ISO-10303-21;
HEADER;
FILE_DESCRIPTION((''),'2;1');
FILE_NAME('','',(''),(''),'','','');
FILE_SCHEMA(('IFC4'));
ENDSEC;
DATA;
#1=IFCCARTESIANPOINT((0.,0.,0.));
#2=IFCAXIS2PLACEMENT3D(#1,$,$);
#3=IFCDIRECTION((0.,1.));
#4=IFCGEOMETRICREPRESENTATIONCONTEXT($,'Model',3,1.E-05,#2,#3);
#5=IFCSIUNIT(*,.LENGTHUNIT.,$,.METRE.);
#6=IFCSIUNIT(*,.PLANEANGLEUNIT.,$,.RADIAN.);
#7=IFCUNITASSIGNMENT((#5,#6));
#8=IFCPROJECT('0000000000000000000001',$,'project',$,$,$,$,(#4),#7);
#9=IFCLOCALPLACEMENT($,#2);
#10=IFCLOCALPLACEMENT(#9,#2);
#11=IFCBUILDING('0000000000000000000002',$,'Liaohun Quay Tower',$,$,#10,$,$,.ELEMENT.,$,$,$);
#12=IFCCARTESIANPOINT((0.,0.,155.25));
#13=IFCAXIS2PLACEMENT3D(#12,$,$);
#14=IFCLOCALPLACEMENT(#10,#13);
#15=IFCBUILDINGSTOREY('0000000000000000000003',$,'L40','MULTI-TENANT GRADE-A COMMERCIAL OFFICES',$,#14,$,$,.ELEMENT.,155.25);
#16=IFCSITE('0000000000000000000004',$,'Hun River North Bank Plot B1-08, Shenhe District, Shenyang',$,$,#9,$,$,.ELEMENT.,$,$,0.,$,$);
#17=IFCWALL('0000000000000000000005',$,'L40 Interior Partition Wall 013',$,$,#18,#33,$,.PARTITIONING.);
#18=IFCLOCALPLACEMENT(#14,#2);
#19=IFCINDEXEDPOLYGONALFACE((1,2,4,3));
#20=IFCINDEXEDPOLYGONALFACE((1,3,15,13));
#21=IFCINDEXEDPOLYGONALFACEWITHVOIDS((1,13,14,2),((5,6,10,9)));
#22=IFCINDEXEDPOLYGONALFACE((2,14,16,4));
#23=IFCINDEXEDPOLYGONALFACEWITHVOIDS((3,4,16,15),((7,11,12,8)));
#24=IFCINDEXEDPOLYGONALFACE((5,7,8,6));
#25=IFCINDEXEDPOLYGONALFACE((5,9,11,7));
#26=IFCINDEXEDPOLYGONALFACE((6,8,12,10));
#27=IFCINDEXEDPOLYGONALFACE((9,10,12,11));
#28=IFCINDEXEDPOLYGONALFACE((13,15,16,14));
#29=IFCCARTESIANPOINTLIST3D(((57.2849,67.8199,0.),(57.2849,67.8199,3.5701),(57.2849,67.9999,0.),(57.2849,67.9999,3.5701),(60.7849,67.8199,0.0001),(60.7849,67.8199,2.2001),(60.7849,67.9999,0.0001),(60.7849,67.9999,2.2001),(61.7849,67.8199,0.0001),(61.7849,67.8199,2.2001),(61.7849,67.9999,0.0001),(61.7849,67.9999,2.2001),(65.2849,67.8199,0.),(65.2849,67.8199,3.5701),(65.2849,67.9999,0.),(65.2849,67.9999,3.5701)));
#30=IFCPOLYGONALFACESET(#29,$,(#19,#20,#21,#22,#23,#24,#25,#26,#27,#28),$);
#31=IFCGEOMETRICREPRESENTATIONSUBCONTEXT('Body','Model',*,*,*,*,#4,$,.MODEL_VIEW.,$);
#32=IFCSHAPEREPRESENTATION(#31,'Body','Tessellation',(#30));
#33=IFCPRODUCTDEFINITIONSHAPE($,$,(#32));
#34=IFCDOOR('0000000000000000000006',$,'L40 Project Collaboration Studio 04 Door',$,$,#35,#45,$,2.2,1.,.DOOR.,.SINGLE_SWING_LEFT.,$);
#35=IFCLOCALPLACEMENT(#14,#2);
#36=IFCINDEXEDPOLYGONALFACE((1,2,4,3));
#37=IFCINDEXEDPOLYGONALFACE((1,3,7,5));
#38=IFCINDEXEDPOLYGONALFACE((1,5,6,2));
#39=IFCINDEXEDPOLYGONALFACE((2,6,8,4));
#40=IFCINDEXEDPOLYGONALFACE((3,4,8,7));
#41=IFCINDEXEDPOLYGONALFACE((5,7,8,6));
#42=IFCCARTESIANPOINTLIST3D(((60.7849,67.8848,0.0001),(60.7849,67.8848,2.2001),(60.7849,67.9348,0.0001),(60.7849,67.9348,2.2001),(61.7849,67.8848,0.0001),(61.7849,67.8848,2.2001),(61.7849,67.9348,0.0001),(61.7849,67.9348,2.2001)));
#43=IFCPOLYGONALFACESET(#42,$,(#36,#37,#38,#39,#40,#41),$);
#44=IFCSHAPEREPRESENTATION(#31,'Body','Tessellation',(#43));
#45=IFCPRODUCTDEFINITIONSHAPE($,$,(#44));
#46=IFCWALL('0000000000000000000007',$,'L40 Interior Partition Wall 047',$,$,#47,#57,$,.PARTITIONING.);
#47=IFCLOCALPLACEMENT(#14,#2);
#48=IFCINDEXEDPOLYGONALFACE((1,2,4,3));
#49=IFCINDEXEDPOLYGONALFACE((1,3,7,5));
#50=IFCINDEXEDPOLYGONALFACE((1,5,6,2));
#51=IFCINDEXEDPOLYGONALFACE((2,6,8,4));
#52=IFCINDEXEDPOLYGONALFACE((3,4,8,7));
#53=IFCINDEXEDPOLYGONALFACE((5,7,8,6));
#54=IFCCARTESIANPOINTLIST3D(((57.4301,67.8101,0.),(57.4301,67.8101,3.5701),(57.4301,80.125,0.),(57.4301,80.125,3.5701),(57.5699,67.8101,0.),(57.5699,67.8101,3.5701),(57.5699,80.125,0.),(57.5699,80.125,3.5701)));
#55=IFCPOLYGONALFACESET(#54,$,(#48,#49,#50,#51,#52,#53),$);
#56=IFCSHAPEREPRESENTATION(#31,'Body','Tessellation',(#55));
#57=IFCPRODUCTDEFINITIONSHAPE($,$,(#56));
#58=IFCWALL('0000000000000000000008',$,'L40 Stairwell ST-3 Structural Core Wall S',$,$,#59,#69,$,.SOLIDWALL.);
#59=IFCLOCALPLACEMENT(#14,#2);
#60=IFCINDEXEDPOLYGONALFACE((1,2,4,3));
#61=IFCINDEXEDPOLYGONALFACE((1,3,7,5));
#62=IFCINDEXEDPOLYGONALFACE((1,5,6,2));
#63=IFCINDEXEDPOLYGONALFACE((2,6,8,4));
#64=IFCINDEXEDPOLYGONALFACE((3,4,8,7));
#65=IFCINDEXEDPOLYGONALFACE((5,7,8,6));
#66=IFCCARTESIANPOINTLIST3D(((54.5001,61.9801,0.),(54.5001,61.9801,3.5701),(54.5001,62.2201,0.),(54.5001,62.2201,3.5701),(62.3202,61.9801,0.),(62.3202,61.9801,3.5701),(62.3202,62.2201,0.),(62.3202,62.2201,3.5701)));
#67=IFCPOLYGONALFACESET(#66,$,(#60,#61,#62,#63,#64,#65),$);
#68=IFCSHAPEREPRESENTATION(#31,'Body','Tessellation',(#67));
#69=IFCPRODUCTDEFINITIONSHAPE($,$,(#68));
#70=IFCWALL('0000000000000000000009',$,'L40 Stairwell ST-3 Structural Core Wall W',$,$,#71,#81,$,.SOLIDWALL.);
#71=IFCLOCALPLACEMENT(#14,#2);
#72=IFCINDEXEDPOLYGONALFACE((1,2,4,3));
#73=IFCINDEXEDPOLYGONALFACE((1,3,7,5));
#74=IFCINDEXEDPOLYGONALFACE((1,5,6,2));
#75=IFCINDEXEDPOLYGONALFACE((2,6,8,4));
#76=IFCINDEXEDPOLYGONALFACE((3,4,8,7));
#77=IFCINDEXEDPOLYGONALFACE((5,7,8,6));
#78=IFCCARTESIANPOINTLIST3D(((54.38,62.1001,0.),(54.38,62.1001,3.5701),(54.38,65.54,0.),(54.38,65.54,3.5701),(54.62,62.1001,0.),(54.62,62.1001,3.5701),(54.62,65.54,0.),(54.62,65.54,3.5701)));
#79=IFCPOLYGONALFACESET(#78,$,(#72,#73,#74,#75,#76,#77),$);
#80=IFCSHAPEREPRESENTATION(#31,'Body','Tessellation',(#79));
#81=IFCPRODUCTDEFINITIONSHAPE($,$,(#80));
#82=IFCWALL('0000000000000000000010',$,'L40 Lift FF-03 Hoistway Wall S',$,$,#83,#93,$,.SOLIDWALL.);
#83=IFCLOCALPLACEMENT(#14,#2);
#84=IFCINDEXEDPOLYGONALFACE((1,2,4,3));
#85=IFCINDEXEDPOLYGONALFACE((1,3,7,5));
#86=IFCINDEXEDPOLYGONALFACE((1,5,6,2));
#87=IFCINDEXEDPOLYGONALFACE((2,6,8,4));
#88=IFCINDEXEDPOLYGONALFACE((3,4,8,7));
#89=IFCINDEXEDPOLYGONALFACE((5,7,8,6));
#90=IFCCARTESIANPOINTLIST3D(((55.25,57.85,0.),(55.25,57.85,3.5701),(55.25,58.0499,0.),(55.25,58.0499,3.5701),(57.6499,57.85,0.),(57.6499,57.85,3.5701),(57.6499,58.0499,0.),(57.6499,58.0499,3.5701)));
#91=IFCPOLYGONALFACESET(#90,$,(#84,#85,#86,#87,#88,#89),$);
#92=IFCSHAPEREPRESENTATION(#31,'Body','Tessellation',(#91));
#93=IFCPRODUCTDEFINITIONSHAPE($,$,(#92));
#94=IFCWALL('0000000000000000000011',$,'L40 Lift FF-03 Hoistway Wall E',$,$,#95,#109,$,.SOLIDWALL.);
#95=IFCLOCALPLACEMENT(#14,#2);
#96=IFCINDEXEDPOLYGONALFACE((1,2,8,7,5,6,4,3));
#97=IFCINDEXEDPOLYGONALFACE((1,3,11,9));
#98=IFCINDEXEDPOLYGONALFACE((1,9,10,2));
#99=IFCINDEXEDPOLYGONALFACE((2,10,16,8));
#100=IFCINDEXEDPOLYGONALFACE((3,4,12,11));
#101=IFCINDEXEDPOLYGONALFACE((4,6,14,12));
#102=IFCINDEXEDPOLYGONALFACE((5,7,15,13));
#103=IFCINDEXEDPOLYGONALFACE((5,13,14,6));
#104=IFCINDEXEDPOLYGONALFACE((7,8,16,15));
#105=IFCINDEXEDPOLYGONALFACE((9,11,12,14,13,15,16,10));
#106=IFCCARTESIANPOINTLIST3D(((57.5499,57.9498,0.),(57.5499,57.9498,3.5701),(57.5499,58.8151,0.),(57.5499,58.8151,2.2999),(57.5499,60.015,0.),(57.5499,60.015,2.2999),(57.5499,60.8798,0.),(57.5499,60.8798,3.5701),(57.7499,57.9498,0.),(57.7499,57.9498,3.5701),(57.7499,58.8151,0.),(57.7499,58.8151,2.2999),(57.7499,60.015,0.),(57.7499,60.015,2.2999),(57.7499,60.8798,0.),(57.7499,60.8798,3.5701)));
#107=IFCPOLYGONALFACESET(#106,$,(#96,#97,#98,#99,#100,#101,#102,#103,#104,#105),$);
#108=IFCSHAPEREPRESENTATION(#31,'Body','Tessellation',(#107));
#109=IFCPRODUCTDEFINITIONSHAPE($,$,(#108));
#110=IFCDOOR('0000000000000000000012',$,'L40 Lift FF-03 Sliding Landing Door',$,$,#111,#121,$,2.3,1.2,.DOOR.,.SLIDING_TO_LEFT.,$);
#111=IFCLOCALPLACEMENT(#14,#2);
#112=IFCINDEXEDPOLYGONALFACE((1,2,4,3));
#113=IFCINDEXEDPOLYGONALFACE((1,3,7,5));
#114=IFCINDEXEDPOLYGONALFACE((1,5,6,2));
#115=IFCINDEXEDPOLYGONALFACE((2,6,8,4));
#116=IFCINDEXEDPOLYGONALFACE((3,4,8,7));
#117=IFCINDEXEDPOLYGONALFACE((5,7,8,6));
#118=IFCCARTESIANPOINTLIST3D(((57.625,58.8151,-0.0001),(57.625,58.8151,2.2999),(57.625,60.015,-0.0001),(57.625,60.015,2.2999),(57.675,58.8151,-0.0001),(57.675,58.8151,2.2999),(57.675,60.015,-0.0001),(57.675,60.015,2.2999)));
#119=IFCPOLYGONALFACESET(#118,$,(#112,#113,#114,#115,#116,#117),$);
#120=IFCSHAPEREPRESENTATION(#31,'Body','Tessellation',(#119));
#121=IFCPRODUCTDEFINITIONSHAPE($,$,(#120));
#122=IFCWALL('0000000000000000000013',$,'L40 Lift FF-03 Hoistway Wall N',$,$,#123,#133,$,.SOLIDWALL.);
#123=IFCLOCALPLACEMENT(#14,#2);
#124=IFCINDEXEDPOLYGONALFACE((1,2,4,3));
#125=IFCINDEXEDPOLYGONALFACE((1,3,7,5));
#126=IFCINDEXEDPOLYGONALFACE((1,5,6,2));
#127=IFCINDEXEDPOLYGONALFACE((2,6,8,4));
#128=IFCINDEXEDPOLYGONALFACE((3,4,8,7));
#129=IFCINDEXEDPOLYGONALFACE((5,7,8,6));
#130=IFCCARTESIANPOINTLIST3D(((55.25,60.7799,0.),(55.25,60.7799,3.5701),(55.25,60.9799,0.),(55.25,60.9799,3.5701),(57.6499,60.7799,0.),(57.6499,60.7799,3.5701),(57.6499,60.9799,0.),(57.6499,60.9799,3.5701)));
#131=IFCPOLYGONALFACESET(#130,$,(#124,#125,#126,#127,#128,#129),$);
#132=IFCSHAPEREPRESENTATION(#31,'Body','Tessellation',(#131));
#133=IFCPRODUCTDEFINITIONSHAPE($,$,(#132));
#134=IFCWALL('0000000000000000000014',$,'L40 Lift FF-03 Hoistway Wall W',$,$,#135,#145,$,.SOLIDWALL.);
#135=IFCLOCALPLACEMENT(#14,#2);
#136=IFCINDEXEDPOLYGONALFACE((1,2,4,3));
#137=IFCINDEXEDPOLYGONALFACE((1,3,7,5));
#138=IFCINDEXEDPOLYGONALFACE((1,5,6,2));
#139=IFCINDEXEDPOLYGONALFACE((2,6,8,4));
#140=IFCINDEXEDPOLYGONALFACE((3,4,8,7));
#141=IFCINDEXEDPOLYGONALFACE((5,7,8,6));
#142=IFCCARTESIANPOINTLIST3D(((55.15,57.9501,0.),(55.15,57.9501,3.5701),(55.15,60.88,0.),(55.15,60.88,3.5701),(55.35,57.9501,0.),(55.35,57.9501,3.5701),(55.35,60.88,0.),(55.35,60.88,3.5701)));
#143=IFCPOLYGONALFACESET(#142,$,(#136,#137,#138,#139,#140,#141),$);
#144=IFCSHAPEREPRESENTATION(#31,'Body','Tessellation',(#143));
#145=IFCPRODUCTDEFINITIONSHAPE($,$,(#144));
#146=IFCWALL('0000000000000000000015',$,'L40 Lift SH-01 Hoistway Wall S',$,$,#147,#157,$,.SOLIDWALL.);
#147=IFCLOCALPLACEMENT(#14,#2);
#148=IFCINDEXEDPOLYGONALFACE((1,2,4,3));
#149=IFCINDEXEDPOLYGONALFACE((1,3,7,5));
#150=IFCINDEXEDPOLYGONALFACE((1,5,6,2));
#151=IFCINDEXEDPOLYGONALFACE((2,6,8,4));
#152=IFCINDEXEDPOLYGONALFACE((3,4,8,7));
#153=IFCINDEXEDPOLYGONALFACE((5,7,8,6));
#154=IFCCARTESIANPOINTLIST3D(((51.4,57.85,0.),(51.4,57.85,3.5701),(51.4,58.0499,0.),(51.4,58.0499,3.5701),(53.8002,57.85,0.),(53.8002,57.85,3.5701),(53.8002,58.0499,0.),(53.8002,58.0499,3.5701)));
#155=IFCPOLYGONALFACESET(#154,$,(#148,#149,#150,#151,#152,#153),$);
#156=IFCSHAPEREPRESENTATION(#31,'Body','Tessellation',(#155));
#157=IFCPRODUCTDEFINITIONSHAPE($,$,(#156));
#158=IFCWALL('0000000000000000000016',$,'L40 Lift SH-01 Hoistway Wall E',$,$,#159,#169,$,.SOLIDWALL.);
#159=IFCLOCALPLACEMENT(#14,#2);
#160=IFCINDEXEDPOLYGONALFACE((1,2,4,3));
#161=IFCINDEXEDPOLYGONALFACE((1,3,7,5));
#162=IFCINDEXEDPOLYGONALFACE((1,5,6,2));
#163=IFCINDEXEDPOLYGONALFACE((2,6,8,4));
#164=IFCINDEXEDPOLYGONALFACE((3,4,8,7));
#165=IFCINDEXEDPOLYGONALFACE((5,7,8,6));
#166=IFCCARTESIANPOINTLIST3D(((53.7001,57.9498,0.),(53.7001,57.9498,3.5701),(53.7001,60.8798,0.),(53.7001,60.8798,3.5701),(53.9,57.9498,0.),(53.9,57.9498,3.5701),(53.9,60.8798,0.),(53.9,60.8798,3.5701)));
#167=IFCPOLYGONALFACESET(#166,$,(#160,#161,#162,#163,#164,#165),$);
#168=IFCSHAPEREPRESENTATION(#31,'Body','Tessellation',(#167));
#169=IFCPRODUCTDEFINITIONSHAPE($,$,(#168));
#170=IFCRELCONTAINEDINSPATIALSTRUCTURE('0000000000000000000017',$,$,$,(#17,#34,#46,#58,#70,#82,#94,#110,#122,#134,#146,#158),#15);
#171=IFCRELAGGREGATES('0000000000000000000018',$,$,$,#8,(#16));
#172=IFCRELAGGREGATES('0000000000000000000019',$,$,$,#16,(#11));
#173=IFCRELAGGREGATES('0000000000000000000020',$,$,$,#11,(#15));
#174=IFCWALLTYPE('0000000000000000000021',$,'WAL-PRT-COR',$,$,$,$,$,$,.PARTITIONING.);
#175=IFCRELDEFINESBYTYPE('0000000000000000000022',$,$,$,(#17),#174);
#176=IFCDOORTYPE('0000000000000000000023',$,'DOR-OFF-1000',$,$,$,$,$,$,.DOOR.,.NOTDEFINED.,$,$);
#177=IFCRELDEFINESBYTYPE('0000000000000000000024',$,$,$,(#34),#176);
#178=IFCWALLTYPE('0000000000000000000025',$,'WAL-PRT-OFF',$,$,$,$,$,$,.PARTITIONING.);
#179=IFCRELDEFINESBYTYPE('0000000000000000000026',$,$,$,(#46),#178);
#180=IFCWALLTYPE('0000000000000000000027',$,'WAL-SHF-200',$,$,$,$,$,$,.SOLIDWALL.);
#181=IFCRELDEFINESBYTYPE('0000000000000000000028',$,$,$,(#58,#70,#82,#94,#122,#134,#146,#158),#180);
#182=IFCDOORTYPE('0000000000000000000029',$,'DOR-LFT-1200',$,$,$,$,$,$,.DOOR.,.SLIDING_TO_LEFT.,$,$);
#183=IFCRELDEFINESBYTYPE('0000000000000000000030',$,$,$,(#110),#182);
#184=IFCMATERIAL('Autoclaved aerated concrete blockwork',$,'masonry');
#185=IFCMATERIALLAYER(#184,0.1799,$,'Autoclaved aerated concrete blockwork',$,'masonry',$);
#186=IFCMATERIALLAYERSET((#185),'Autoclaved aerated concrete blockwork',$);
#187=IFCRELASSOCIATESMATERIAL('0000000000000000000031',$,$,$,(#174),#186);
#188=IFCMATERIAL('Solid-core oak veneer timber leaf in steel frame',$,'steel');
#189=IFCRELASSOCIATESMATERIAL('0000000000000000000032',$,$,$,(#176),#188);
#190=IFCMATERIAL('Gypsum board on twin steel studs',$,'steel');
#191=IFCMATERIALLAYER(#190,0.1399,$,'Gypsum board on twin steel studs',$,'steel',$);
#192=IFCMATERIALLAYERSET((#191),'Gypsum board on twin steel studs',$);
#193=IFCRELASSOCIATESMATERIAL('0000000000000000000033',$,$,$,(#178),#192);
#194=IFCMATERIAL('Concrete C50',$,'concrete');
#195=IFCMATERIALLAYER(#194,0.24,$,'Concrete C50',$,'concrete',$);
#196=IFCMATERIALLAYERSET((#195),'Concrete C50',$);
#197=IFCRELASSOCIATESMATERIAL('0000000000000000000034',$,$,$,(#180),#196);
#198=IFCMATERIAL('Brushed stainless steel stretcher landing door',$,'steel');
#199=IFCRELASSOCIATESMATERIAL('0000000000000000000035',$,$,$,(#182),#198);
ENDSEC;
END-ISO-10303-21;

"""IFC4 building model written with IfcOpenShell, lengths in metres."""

from ifc_helpers import new_model, si_unit, direction, frame, frame_2d, origin, place, context, subcontext, project, spatial, rectangle, extrude, source, transform, mapped, material, layer, layer_set, type_object, element, fill, save


model = new_model("IFC4")

# Units and contexts
model_context = context("Model", 3, precision=1e-05, world=origin(), true_north=direction((0.0, 1.0)))
body_context = subcontext(model_context, "Body", "Model", "MODEL_VIEW")
ifc_project = project(units=[si_unit("LENGTHUNIT", "METRE"), si_unit("PLANEANGLEUNIT", "RADIAN")], contexts=[model_context])

# Site, building, storey
site_placement = place(None, origin())
site = spatial("IfcSite", under=ifc_project, at=site_placement, Name="Hun River North Bank Plot B1-08, Shenhe District, Shenyang", CompositionType="ELEMENT", RefElevation=0.0)
building_placement = place(site_placement, origin())
building = spatial("IfcBuilding", under=site, at=building_placement, Name="Liaohun Quay Tower", CompositionType="ELEMENT")
storey_placement = place(building_placement, frame((0.0, 0.0, 155.25)))
storey = spatial("IfcBuildingStorey", under=building, at=storey_placement, Name="L40", Description="MULTI-TENANT GRADE-A COMMERCIAL OFFICES", CompositionType="ELEMENT", Elevation=155.25)

# Wall, opening, door
ifc_material_1 = material(Name="Autoclaved aerated concrete blockwork", Category="masonry")
ifc_layer_1 = layer(ifc_material_1, 0.1799, Name="Autoclaved aerated concrete blockwork", Category="masonry")
ifc_layer_set_1 = layer_set([ifc_layer_1], Name="Autoclaved aerated concrete blockwork")
wall_type_1 = type_object("IfcWallType", Name="WAL-PRT-COR", PredefinedType="PARTITIONING", material=ifc_layer_set_1)
wall_1_placement = place(storey_placement, frame((57.2849, 67.9099, 0.0), z_axis=(0.0, 0.0, 1.0), x_axis=(1.0, 0.0, 0.0)))
wall_1 = element("IfcWall", 1, at=wall_1_placement, inside=storey, type_object=wall_type_1, Name="L40 Interior Partition Wall 013", PredefinedType="PARTITIONING", context=body_context, shape_type="SweptSolid", body=[
    extrude(rectangle(XDim=8.0, YDim=0.1799, at=frame_2d((4.0, 0.0))), origin(), (0.0, 0.0, 1.0), 3.5701),
])
shared_shape_1 = source(origin(), body_context, "Body", "SweptSolid", [
    extrude(rectangle(XDim=1.0, YDim=2.2, at=frame_2d((0.5, 1.1001))), frame((0.0, 0.0999, 0.0), z_axis=(0.0, -1.0, 0.0), x_axis=(1.0, 0.0, 0.0)), (0.0, 0.0, 1.0), 0.2),
])
opening_1_placement = place(wall_1_placement, frame((3.5, 0.0, 0.0)))
opening_1 = element("IfcOpeningElement", 2, at=opening_1_placement, cuts=wall_1, PredefinedType="OPENING", context=body_context, shape_type="MappedRepresentation", body=[
    mapped(shared_shape_1, transform((0.0, 0.0, 0.0), x_axis=(1.0, 0.0, 0.0), y_axis=(0.0, 1.0, 0.0), z_axis=(0.0, 0.0, 1.0), scale=1.0)),
])
ifc_material_2 = material(Name="Solid-core oak veneer timber leaf in steel frame", Category="steel")
door_type_1 = type_object("IfcDoorType", Name="DOR-OFF-1000", OperationType="NOTDEFINED", PredefinedType="DOOR", material=ifc_material_2)
shared_shape_2 = source(origin(), body_context, "Body", "SweptSolid", [
    extrude(rectangle(XDim=1.0, YDim=2.2, at=frame_2d((0.5, 1.1001))), frame((0.0, 0.0249, 0.0), z_axis=(0.0, -1.0, 0.0), x_axis=(1.0, 0.0, 0.0)), (0.0, 0.0, 1.0), 0.05),
])
door_1_placement = place(opening_1_placement, origin())
door_1 = element("IfcDoor", 3, at=door_1_placement, inside=storey, type_object=door_type_1, Name="L40 Project Collaboration Studio 04 Door", OperationType="SINGLE_SWING_LEFT", OverallHeight=2.2, OverallWidth=1.0, PredefinedType="DOOR", context=body_context, shape_type="MappedRepresentation", body=[
    mapped(shared_shape_2, transform((0.0, 0.0, 0.0), x_axis=(1.0, 0.0, 0.0), y_axis=(0.0, 1.0, 0.0), z_axis=(0.0, 0.0, 1.0), scale=1.0)),
])
fill(opening_1, door_1)

# Walls
ifc_material_3 = material(Name="Gypsum board on twin steel studs", Category="steel")
ifc_layer_2 = layer(ifc_material_3, 0.1399, Name="Gypsum board on twin steel studs", Category="steel")
ifc_layer_set_2 = layer_set([ifc_layer_2], Name="Gypsum board on twin steel studs")
wall_type_2 = type_object("IfcWallType", Name="WAL-PRT-OFF", PredefinedType="PARTITIONING", material=ifc_layer_set_2)
wall_2_placement = place(storey_placement, frame((57.5, 67.8101, 0.0), z_axis=(0.0, 0.0, 1.0), x_axis=(0.0, 1.0, 0.0)))
element("IfcWall", 4, at=wall_2_placement, inside=storey, type_object=wall_type_2, Name="L40 Interior Partition Wall 047", PredefinedType="PARTITIONING", context=body_context, shape_type="SweptSolid", body=[
    extrude(rectangle(XDim=12.3149, YDim=0.1399, at=frame_2d((6.1575, 0.0))), origin(), (0.0, 0.0, 1.0), 3.5701),
])
ifc_material_4 = material(Name="Concrete C50", Category="concrete")
ifc_layer_3 = layer(ifc_material_4, 0.24, Name="Concrete C50", Category="concrete")
ifc_layer_set_3 = layer_set([ifc_layer_3], Name="Concrete C50")
wall_type_3 = type_object("IfcWallType", Name="WAL-SHF-200", PredefinedType="SOLIDWALL", material=ifc_layer_set_3)
wall_3_placement = place(storey_placement, frame((54.5, 62.1001, 0.0), z_axis=(0.0, 0.0, 1.0), x_axis=(1.0, 0.0, 0.0)))
element("IfcWall", 5, at=wall_3_placement, inside=storey, type_object=wall_type_3, Name="L40 Stairwell ST-3 Structural Core Wall S", PredefinedType="SOLIDWALL", context=body_context, shape_type="SweptSolid", body=[
    extrude(rectangle(XDim=7.8201, YDim=0.24, at=frame_2d((3.9102, 0.0))), origin(), (0.0, 0.0, 1.0), 3.5701),
])
wall_4_placement = place(storey_placement, frame((54.5, 65.54, 0.0), z_axis=(0.0, 0.0, 1.0), x_axis=(0.0, -1.0, 0.0)))
element("IfcWall", 6, at=wall_4_placement, inside=storey, type_object=wall_type_3, Name="L40 Stairwell ST-3 Structural Core Wall W", PredefinedType="SOLIDWALL", context=body_context, shape_type="SweptSolid", body=[
    extrude(rectangle(XDim=3.4399, YDim=0.24, at=frame_2d((1.72, 0.0))), origin(), (0.0, 0.0, 1.0), 3.5701),
])
wall_5_placement = place(storey_placement, frame((55.25, 57.95, 0.0), z_axis=(0.0, 0.0, 1.0), x_axis=(1.0, 0.0, 0.0)))
element("IfcWall", 7, at=wall_5_placement, inside=storey, type_object=wall_type_3, Name="L40 Lift FF-03 Hoistway Wall S", PredefinedType="SOLIDWALL", context=body_context, shape_type="SweptSolid", body=[
    extrude(rectangle(XDim=2.3999, YDim=0.2, at=frame_2d((1.2, 0.0))), origin(), (0.0, 0.0, 1.0), 3.5701),
])

# Wall, opening, door
wall_6_placement = place(storey_placement, frame((57.6499, 57.95, 0.0), z_axis=(0.0, 0.0, 1.0), x_axis=(0.0, 1.0, 0.0)))
wall_6 = element("IfcWall", 8, at=wall_6_placement, inside=storey, type_object=wall_type_3, Name="L40 Lift FF-03 Hoistway Wall E", PredefinedType="SOLIDWALL", context=body_context, shape_type="SweptSolid", body=[
    extrude(rectangle(XDim=2.9299, YDim=0.2, at=frame_2d((1.4648, 0.0))), origin(), (0.0, 0.0, 1.0), 3.5701),
])
shared_shape_3 = source(origin(), body_context, "Body", "SweptSolid", [
    extrude(rectangle(XDim=1.2, YDim=2.3, at=frame_2d((0.6001, 1.1499))), frame((0.0, 0.1099, 0.0), z_axis=(0.0, -1.0, 0.0), x_axis=(1.0, 0.0, 0.0)), (0.0, 0.0, 1.0), 0.22),
])
opening_2_placement = place(wall_6_placement, frame((0.865, 0.0, 0.0)))
opening_2 = element("IfcOpeningElement", 9, at=opening_2_placement, cuts=wall_6, PredefinedType="OPENING", context=body_context, shape_type="MappedRepresentation", body=[
    mapped(shared_shape_3, transform((0.0, 0.0, 0.0), x_axis=(1.0, 0.0, 0.0), y_axis=(0.0, 1.0, 0.0), z_axis=(0.0, 0.0, 1.0), scale=1.0)),
])
ifc_material_5 = material(Name="Brushed stainless steel stretcher landing door", Category="steel")
door_type_2 = type_object("IfcDoorType", Name="DOR-LFT-1200", OperationType="SLIDING_TO_LEFT", PredefinedType="DOOR", material=ifc_material_5)
shared_shape_4 = source(origin(), body_context, "Body", "SweptSolid", [
    extrude(rectangle(XDim=1.2, YDim=2.3, at=frame_2d((0.6001, 1.1499))), frame((0.0, 0.0249, 0.0), z_axis=(0.0, -1.0, 0.0), x_axis=(1.0, 0.0, 0.0)), (0.0, 0.0, 1.0), 0.05),
])
door_2_placement = place(opening_2_placement, origin())
door_2 = element("IfcDoor", 10, at=door_2_placement, inside=storey, type_object=door_type_2, Name="L40 Lift FF-03 Sliding Landing Door", OperationType="SLIDING_TO_LEFT", OverallHeight=2.3, OverallWidth=1.2, PredefinedType="DOOR", context=body_context, shape_type="MappedRepresentation", body=[
    mapped(shared_shape_4, transform((0.0, 0.0, 0.0), x_axis=(1.0, 0.0, 0.0), y_axis=(0.0, 1.0, 0.0), z_axis=(0.0, 0.0, 1.0), scale=1.0)),
])
fill(opening_2, door_2)

# Walls
wall_7_placement = place(storey_placement, frame((57.6499, 60.8799, 0.0), z_axis=(0.0, 0.0, 1.0), x_axis=(-1.0, 0.0, 0.0)))
element("IfcWall", 11, at=wall_7_placement, inside=storey, type_object=wall_type_3, Name="L40 Lift FF-03 Hoistway Wall N", PredefinedType="SOLIDWALL", context=body_context, shape_type="SweptSolid", body=[
    extrude(rectangle(XDim=2.3999, YDim=0.2, at=frame_2d((1.2, 0.0))), origin(), (0.0, 0.0, 1.0), 3.5701),
])
wall_8_placement = place(storey_placement, frame((55.25, 60.8799, 0.0), z_axis=(0.0, 0.0, 1.0), x_axis=(0.0, -1.0, 0.0)))
element("IfcWall", 12, at=wall_8_placement, inside=storey, type_object=wall_type_3, Name="L40 Lift FF-03 Hoistway Wall W", PredefinedType="SOLIDWALL", context=body_context, shape_type="SweptSolid", body=[
    extrude(rectangle(XDim=2.9299, YDim=0.2, at=frame_2d((1.4648, 0.0))), origin(), (0.0, 0.0, 1.0), 3.5701),
])
wall_9_placement = place(storey_placement, frame((51.3999, 57.95, 0.0), z_axis=(0.0, 0.0, 1.0), x_axis=(1.0, 0.0, 0.0)))
element("IfcWall", 13, at=wall_9_placement, inside=storey, type_object=wall_type_3, Name="L40 Lift SH-01 Hoistway Wall S", PredefinedType="SOLIDWALL", context=body_context, shape_type="SweptSolid", body=[
    extrude(rectangle(XDim=2.4001, YDim=0.2, at=frame_2d((1.2002, 0.0))), origin(), (0.0, 0.0, 1.0), 3.5701),
])
wall_10_placement = place(storey_placement, frame((53.8, 57.95, 0.0), z_axis=(0.0, 0.0, 1.0), x_axis=(0.0, 1.0, 0.0)))
element("IfcWall", 14, at=wall_10_placement, inside=storey, type_object=wall_type_3, Name="L40 Lift SH-01 Hoistway Wall E", PredefinedType="SOLIDWALL", context=body_context, shape_type="SweptSolid", body=[
    extrude(rectangle(XDim=2.9299, YDim=0.2, at=frame_2d((1.4648, 0.0))), origin(), (0.0, 0.0, 1.0), 3.5701),
])

save(model, "model.ifc")
